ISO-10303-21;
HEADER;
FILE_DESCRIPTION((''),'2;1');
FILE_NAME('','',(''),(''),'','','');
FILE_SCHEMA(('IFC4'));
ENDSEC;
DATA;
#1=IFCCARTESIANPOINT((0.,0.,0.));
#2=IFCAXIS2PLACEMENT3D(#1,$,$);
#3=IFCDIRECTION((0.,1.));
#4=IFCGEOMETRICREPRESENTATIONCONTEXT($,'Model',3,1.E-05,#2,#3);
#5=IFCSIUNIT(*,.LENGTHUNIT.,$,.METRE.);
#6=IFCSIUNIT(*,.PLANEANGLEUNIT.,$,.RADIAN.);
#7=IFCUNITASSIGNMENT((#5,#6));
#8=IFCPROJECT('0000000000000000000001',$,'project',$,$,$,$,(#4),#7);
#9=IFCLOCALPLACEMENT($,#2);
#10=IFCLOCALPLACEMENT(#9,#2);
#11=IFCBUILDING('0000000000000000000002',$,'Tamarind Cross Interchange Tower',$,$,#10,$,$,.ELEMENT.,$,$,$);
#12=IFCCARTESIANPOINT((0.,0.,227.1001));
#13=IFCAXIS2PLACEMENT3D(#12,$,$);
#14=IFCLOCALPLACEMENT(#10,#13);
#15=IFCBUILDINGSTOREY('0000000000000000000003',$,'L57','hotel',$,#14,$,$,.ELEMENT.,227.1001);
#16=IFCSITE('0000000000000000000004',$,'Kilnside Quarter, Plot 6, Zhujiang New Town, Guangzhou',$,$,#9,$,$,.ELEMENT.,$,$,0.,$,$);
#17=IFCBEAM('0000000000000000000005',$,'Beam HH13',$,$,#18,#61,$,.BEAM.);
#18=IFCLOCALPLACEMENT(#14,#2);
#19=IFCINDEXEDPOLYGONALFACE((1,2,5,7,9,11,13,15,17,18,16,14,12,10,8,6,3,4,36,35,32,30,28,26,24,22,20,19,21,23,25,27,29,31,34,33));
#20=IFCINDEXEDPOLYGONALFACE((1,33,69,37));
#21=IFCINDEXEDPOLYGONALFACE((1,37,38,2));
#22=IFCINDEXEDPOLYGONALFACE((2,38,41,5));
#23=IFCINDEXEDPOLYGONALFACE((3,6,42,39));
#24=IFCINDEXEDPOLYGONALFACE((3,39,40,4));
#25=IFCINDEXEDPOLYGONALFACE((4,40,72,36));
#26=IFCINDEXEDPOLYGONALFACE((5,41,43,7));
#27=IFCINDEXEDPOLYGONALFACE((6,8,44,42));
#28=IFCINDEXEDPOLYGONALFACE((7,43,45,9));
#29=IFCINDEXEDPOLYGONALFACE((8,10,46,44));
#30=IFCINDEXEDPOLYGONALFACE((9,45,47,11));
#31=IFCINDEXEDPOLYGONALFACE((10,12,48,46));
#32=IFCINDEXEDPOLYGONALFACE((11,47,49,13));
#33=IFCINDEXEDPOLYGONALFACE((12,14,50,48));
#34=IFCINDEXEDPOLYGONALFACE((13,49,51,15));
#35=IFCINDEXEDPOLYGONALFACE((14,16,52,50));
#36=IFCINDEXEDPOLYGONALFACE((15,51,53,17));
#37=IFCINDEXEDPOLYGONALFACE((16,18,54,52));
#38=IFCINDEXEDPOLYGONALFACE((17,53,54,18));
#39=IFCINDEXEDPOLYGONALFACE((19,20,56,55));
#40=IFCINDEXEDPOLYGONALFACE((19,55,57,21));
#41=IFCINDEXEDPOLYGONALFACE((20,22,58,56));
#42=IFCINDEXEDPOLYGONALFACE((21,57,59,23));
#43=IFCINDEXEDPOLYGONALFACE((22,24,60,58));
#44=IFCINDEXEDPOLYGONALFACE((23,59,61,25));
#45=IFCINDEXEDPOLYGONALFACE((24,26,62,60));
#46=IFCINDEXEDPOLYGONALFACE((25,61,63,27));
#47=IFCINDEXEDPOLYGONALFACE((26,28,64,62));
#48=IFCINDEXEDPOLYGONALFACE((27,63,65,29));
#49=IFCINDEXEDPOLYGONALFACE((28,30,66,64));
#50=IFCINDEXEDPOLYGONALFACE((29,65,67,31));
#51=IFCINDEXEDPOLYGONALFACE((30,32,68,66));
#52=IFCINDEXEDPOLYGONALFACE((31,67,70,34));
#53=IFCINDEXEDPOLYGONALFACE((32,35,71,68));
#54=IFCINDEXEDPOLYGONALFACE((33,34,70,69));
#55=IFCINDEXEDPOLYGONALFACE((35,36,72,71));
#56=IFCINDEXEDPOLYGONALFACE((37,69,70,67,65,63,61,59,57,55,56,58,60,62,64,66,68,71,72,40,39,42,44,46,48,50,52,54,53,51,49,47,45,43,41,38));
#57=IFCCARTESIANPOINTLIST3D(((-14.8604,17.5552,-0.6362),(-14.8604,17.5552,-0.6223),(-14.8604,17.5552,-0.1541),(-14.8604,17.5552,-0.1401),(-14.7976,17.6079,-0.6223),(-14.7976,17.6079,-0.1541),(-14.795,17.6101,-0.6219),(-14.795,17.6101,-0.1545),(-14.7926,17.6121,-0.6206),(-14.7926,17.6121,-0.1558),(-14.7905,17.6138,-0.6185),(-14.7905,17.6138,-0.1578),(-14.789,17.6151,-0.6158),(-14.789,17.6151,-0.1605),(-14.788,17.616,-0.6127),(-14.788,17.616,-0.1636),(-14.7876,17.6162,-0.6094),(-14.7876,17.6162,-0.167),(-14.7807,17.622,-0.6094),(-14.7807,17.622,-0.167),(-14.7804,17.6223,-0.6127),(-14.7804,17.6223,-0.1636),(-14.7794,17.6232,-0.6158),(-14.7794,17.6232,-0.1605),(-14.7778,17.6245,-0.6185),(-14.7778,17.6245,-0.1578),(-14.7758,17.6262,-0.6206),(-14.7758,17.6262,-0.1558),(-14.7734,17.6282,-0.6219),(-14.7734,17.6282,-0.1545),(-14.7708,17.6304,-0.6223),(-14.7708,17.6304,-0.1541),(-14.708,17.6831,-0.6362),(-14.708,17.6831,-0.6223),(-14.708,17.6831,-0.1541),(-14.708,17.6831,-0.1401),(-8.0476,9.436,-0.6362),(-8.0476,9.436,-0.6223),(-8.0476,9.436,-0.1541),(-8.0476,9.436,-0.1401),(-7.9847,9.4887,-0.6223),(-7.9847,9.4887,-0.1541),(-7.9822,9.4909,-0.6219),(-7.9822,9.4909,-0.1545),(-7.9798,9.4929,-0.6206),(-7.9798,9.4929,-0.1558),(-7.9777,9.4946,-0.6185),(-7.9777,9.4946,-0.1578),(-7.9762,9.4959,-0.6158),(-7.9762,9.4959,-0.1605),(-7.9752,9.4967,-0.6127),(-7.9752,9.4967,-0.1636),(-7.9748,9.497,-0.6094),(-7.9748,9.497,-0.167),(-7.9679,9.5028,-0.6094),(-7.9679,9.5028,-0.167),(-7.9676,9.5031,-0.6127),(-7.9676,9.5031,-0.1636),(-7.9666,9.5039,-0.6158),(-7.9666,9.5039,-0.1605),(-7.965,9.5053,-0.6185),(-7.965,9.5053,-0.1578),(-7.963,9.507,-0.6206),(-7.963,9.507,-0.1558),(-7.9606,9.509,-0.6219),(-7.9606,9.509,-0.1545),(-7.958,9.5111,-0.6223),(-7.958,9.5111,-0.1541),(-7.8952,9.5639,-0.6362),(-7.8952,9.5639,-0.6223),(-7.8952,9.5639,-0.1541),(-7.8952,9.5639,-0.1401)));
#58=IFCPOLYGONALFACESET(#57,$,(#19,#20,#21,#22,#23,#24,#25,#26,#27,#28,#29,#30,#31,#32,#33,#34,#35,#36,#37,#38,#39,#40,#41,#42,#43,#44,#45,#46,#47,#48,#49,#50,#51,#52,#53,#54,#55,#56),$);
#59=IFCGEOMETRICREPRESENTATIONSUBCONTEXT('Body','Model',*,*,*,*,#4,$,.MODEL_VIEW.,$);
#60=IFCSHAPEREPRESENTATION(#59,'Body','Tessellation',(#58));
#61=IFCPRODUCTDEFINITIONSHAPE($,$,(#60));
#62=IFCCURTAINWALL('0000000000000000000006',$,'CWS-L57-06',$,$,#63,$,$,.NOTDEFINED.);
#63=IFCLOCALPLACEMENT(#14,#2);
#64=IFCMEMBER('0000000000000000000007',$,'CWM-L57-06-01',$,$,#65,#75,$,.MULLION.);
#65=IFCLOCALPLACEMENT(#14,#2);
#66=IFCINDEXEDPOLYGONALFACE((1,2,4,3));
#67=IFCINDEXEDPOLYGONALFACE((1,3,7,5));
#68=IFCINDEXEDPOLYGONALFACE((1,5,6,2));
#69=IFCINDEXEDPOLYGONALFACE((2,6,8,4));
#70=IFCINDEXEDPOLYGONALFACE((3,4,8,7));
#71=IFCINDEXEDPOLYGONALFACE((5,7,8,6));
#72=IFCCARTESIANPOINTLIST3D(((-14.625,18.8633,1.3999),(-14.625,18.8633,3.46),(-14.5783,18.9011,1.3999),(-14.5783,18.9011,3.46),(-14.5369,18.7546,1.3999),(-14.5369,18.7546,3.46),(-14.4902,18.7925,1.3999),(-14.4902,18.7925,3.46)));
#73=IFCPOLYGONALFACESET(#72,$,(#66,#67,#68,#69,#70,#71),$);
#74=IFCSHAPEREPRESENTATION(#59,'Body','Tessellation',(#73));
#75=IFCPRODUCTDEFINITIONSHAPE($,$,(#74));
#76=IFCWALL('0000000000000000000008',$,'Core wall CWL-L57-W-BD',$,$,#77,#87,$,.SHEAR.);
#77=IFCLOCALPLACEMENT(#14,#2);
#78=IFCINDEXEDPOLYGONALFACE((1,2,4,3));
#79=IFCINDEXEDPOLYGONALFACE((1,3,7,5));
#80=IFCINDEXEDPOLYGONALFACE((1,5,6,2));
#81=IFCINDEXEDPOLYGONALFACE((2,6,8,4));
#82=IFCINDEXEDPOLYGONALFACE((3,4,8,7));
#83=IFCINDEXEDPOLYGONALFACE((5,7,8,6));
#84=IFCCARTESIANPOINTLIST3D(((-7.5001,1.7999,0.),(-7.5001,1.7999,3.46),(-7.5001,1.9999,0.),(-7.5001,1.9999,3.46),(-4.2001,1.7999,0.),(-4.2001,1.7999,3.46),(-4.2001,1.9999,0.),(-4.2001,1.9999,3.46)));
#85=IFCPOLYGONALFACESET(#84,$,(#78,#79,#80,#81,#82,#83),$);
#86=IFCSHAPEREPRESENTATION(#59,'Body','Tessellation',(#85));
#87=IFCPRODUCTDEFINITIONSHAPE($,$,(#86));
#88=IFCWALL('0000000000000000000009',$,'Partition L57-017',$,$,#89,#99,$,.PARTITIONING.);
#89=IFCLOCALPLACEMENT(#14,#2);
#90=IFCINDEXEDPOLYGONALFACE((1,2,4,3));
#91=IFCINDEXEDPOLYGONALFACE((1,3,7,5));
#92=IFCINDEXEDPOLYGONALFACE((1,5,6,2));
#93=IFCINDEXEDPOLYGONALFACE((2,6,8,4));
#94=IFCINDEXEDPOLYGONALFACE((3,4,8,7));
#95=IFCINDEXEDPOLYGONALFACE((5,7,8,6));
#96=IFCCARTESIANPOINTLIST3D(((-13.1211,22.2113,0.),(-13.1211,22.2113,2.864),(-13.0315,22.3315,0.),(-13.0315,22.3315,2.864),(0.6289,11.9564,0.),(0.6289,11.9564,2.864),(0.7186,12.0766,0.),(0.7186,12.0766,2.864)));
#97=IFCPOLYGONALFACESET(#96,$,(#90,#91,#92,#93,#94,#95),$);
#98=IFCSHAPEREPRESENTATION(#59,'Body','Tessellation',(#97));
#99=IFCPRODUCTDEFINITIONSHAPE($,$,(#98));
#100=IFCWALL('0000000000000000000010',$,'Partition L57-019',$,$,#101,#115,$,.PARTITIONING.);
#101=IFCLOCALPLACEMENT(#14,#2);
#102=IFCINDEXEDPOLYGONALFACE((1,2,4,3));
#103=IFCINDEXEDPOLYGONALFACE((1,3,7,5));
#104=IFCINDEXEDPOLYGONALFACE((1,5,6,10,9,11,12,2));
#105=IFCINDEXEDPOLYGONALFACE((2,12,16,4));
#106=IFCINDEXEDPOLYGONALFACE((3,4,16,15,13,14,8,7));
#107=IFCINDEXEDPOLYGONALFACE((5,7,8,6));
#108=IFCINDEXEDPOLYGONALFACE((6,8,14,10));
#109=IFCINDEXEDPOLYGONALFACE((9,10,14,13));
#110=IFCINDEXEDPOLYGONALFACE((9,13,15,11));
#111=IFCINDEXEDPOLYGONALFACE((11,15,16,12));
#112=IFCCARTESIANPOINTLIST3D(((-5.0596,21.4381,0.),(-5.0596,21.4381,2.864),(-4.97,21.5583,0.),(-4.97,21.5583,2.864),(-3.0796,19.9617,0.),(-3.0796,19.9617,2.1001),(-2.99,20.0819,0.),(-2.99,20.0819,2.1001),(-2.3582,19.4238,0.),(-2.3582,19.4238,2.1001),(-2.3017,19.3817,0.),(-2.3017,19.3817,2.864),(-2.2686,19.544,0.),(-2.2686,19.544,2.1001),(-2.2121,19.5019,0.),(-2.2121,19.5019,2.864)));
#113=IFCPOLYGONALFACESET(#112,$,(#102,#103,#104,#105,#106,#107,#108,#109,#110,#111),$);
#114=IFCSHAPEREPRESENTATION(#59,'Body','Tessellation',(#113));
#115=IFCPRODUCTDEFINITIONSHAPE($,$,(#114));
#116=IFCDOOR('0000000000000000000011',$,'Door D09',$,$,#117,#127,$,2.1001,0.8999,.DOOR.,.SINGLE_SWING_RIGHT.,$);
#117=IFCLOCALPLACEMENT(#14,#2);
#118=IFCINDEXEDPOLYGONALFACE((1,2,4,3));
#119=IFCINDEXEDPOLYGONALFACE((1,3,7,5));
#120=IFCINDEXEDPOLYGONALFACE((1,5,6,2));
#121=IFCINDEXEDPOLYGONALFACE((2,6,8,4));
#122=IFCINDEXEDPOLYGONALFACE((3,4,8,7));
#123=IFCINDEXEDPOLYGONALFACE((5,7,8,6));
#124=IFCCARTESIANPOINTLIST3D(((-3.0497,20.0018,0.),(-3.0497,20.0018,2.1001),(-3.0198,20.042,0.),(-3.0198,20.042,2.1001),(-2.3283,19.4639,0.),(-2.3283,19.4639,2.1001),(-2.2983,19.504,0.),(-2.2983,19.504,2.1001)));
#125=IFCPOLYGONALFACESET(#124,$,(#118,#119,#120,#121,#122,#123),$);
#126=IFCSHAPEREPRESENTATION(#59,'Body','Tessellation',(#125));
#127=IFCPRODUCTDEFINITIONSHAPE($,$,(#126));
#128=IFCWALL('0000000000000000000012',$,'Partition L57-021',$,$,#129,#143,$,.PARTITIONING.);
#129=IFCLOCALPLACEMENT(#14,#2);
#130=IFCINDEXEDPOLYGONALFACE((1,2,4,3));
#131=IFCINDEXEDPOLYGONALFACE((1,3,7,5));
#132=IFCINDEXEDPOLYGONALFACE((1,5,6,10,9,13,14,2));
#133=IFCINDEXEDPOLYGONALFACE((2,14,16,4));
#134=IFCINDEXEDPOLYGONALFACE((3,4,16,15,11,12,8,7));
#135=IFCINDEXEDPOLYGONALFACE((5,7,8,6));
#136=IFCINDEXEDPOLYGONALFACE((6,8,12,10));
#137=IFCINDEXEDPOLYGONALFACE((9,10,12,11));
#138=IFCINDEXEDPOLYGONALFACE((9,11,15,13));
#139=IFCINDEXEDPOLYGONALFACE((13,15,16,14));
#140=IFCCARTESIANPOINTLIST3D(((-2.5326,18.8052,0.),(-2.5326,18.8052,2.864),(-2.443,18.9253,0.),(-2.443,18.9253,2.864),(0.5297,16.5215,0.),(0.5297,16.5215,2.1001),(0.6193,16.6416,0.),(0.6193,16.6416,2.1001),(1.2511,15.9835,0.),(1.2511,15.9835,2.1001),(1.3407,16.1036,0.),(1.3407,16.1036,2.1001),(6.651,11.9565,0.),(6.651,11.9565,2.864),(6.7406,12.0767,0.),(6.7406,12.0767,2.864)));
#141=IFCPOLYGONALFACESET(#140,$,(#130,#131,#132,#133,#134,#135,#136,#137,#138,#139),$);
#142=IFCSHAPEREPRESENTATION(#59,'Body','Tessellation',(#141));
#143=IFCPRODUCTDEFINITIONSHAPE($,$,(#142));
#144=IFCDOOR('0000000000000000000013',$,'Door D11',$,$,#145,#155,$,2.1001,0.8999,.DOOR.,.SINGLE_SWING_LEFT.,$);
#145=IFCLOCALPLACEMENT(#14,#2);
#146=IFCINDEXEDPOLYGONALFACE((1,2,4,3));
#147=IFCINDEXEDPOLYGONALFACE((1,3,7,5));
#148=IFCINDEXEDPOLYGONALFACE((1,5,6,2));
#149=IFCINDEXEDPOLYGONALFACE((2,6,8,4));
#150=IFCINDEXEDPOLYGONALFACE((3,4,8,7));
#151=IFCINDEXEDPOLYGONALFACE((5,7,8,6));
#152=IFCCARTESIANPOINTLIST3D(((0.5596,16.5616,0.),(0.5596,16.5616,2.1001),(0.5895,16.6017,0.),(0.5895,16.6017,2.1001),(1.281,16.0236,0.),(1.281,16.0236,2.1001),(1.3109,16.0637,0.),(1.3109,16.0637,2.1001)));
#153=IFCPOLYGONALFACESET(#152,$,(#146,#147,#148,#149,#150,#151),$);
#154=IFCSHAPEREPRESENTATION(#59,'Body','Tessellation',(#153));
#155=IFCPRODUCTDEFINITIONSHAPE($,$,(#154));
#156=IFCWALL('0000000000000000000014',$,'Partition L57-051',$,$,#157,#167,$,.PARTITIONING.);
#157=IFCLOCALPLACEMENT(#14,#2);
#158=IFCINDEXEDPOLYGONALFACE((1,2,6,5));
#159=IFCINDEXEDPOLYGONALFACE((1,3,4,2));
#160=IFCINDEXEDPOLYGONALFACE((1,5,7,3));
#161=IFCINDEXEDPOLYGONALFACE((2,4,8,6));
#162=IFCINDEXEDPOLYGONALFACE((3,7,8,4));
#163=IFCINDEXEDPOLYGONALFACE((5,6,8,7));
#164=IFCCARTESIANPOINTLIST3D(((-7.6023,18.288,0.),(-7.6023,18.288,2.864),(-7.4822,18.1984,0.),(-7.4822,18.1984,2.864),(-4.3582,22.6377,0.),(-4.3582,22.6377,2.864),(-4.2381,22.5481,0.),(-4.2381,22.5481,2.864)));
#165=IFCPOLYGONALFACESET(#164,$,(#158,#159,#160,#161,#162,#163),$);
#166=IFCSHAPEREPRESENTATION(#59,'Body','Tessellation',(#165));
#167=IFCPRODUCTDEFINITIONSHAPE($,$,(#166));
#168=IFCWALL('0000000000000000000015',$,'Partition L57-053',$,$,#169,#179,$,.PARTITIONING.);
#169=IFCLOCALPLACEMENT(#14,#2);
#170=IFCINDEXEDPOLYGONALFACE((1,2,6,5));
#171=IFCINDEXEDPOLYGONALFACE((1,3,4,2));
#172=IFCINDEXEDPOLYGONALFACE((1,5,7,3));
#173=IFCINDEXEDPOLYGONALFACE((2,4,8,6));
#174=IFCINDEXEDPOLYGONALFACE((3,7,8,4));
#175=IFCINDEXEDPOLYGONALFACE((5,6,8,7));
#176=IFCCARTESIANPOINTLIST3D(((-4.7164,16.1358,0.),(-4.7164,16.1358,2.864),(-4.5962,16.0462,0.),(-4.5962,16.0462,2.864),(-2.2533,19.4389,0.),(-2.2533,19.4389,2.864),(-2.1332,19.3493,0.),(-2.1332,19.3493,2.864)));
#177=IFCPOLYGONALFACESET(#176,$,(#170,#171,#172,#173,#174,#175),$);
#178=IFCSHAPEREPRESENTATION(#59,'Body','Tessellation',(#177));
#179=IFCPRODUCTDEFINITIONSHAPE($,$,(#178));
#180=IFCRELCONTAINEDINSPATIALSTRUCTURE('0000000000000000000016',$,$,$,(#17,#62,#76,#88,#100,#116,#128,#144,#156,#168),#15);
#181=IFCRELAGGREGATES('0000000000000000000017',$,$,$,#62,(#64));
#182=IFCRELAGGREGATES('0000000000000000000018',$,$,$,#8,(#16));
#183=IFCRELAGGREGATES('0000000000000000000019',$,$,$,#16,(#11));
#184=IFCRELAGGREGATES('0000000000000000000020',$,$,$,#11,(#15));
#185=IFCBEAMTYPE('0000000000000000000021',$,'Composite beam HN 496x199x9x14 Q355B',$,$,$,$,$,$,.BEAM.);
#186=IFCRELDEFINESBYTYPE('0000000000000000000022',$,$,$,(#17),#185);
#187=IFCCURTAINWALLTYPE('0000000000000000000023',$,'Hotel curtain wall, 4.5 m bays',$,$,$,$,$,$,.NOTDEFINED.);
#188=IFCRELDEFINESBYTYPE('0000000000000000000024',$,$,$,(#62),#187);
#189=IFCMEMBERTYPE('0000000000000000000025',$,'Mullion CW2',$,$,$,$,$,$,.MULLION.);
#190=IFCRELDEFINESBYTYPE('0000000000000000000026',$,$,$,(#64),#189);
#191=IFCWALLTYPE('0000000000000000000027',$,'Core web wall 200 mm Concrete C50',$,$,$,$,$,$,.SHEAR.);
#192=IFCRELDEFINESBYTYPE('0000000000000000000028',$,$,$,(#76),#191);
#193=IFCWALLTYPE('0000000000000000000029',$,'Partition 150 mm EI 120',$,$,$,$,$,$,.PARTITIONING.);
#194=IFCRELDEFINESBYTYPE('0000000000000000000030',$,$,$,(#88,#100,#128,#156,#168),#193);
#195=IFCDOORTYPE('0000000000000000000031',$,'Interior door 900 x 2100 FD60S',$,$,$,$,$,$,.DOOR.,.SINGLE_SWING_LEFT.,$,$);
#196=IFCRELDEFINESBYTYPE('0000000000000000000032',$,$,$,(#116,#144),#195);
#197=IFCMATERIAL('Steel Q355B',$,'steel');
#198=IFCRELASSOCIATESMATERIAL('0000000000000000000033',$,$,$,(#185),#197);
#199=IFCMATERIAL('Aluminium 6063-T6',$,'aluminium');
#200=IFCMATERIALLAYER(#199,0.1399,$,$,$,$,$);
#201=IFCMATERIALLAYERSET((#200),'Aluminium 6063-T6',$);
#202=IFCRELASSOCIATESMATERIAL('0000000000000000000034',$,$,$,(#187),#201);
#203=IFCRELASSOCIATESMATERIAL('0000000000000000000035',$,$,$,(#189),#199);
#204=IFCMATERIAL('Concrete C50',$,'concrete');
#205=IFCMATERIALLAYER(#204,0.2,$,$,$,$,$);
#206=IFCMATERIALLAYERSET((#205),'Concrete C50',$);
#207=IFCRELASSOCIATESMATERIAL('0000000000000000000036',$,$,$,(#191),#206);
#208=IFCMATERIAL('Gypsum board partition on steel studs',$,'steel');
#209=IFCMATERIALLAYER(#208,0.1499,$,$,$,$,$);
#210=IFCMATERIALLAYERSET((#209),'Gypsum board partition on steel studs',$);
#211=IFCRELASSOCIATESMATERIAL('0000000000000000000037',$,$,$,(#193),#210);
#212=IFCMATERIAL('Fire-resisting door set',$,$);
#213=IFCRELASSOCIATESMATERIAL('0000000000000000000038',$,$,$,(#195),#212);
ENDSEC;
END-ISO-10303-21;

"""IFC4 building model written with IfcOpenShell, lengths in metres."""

from ifc_helpers import new_model, si_unit, direction, frame, frame_2d, origin, origin_2d, place, context, subcontext, project, spatial, rectangle, i_section, extrude, material, layer, layer_set, material_profile, profile_set, type_object, element, fill, aggregate, save


model = new_model("IFC4")

# Units and contexts
model_context = context("Model", 3, precision=1e-05, world=origin(), true_north=direction((0.0, 1.0)))
body_context = subcontext(model_context, "Body", "Model", "MODEL_VIEW")
ifc_project = project(units=[si_unit("LENGTHUNIT", "METRE"), si_unit("PLANEANGLEUNIT", "RADIAN")], contexts=[model_context])

# Site, building, storey
site_placement = place(None, origin())
site = spatial("IfcSite", under=ifc_project, at=site_placement, Name="Kilnside Quarter, Plot 6, Zhujiang New Town, Guangzhou", CompositionType="ELEMENT", RefElevation=0.0)
building_placement = place(site_placement, origin())
building = spatial("IfcBuilding", under=site, at=building_placement, Name="Tamarind Cross Interchange Tower", CompositionType="ELEMENT")
storey_placement = place(building_placement, frame((0.0, 0.0, 227.1001)))
storey = spatial("IfcBuildingStorey", under=building, at=storey_placement, Name="L57", Description="hotel", CompositionType="ELEMENT", Elevation=227.1001)

# Shared definitions
ifc_material_1 = material(Name="Concrete C50", Category="concrete")

# Beam
ifc_material_2 = material(Name="Steel Q355B", Category="steel")
ifc_material_profile_1 = material_profile(ifc_material_2, i_section(OverallWidth=0.199, OverallDepth=0.4961, WebThickness=0.009, FlangeThickness=0.0139, FilletRadius=0.0129, at=origin_2d()), Name="HN 496x199x9x14")
ifc_profile_set_1 = profile_set([ifc_material_profile_1], Name="Steel Q355B")
beam_type_1 = type_object("IfcBeamType", Name="Composite beam HN 496x199x9x14 Q355B", PredefinedType="BEAM", material=ifc_profile_set_1)
beam_1_placement = place(storey_placement, frame((-14.7842, 17.6191, -0.3882), z_axis=(0.642786, -0.766046, 0.0), x_axis=(0.766046, 0.642786, 0.0)))
element("IfcBeam", 1, at=beam_1_placement, inside=storey, type_object=beam_type_1, Name="Beam HH13", PredefinedType="BEAM", context=body_context, shape_type="SweptSolid", body=[
    extrude(i_section(OverallWidth=0.199, OverallDepth=0.4961, WebThickness=0.009, FlangeThickness=0.0139, FilletRadius=0.0129, at=origin_2d()), origin(), (0.0, 0.0, 1.0), 10.5989),
])

# Curtain wall, member
ifc_material_3 = material(Name="Aluminium 6063-T6", Category="aluminium")
ifc_layer_1 = layer(ifc_material_3, 0.1399)
ifc_layer_set_1 = layer_set([ifc_layer_1], Name="Aluminium 6063-T6")
curtain_wall_type = type_object("IfcCurtainWallType", Name="Hotel curtain wall, 4.5 m bays", PredefinedType="NOTDEFINED", material=ifc_layer_set_1)
curtain_wall_placement = place(storey_placement, origin())
curtain_wall = element("IfcCurtainWall", 2, at=curtain_wall_placement, inside=storey, type_object=curtain_wall_type, Name="CWS-L57-06", PredefinedType="NOTDEFINED")
ifc_material_profile_2 = material_profile(ifc_material_3, rectangle(XDim=0.0601, YDim=0.1399, at=origin_2d()), Name="Mullion CW2")
ifc_profile_set_2 = profile_set([ifc_material_profile_2], Name="Aluminium 6063-T6")
member_type = type_object("IfcMemberType", Name="Mullion CW2", PredefinedType="MULLION", material=ifc_profile_set_2)
member_placement = place(storey_placement, frame((-14.5576, 18.8279, 1.3999), z_axis=(0.0, 0.0, 1.0), x_axis=(-0.77676, -0.629797, 0.0)))
member = element("IfcMember", 3, at=member_placement, type_object=member_type, Name="CWM-L57-06-01", PredefinedType="MULLION", context=body_context, shape_type="SweptSolid", body=[
    extrude(rectangle(XDim=0.0601, YDim=0.1399, at=origin_2d()), origin(), (0.0, 0.0, 1.0), 2.0601),
])
aggregate(curtain_wall, [member])

# Walls
ifc_layer_2 = layer(ifc_material_1, 0.2)
ifc_layer_set_2 = layer_set([ifc_layer_2], Name="Concrete C50")
wall_type_1 = type_object("IfcWallType", Name="Core web wall 200 mm Concrete C50", PredefinedType="SHEAR", material=ifc_layer_set_2)
wall_1_placement = place(storey_placement, frame((-7.5, 1.8999, 0.0), z_axis=(0.0, 0.0, 1.0), x_axis=(1.0, 0.0, 0.0)))
element("IfcWall", 4, at=wall_1_placement, inside=storey, type_object=wall_type_1, Name="Core wall CWL-L57-W-BD", PredefinedType="SHEAR", context=body_context, shape_type="SweptSolid", body=[
    extrude(rectangle(XDim=3.3, YDim=0.2, at=frame_2d((1.6499, 0.0))), origin(), (0.0, 0.0, 1.0), 3.46),
])
ifc_material_4 = material(Name="Gypsum board partition on steel studs", Category="steel")
ifc_layer_3 = layer(ifc_material_4, 0.1499)
ifc_layer_set_3 = layer_set([ifc_layer_3], Name="Gypsum board partition on steel studs")
wall_type_2 = type_object("IfcWallType", Name="Partition 150 mm EI 120", PredefinedType="PARTITIONING", material=ifc_layer_set_3)
wall_2_placement = place(storey_placement, frame((-13.0764, 22.2715, 0.0), z_axis=(0.0, 0.0, 1.0), x_axis=(0.801609, -0.597848, 0.0)))
element("IfcWall", 5, at=wall_2_placement, inside=storey, type_object=wall_type_2, Name="Partition L57-017", PredefinedType="PARTITIONING", context=body_context, shape_type="SweptSolid", body=[
    extrude(rectangle(XDim=17.1531, YDim=0.1499, at=frame_2d((8.5767, 0.0))), origin(), (0.0, 0.0, 1.0), 2.864),
])

# Walls, openings, doors
wall_3_placement = place(storey_placement, frame((-5.0149, 21.4983, 0.0), z_axis=(0.0, 0.0, 1.0), x_axis=(0.801666, -0.597772, 0.0)))
wall_3 = element("IfcWall", 6, at=wall_3_placement, inside=storey, type_object=wall_type_2, Name="Partition L57-019", PredefinedType="PARTITIONING", context=body_context, shape_type="SweptSolid", body=[
    extrude(rectangle(XDim=3.4402, YDim=0.1499, at=frame_2d((1.7202, 0.0))), origin(), (0.0, 0.0, 1.0), 2.864),
])
opening_1_placement = place(wall_3_placement, frame((2.47, 0.0, 0.0)))
opening_1 = element("IfcOpeningElement", 7, at=opening_1_placement, cuts=wall_3, PredefinedType="OPENING", context=body_context, shape_type="SweptSolid", body=[
    extrude(rectangle(XDim=0.8999, YDim=2.1001, at=frame_2d((0.45, 1.05))), frame((0.0, 0.085, 0.0), z_axis=(0.0, -1.0, 0.0), x_axis=(1.0, 0.0, 0.0)), (0.0, 0.0, 1.0), 0.1699),
])
ifc_material_5 = material(Name="Fire-resisting door set")
door_type = type_object("IfcDoorType", Name="Interior door 900 x 2100 FD60S", OperationType="SINGLE_SWING_LEFT", PredefinedType="DOOR", material=ifc_material_5)
door_1_placement = place(opening_1_placement, frame((0.8999, 0.0, 0.0), z_axis=(0.0, 0.0, 1.0), x_axis=(-1.0, 0.0, 0.0)))
door_1 = element("IfcDoor", 8, at=door_1_placement, inside=storey, type_object=door_type, Name="Door D09", OperationType="SINGLE_SWING_RIGHT", OverallHeight=2.1001, OverallWidth=0.8999, PredefinedType="DOOR", context=body_context, shape_type="SweptSolid", body=[
    extrude(rectangle(XDim=0.8999, YDim=2.1001, at=frame_2d((0.45, 1.05))), frame((0.0, 0.0249, 0.0), z_axis=(0.0, -1.0, 0.0), x_axis=(1.0, 0.0, 0.0)), (0.0, 0.0, 1.0), 0.05),
])
fill(opening_1, door_1)
wall_4_placement = place(storey_placement, frame((-2.4878, 18.8652, 0.0), z_axis=(0.0, 0.0, 1.0), x_axis=(0.801634, -0.597816, 0.0)))
wall_4 = element("IfcWall", 9, at=wall_4_placement, inside=storey, type_object=wall_type_2, Name="Partition L57-021", PredefinedType="PARTITIONING", context=body_context, shape_type="SweptSolid", body=[
    extrude(rectangle(XDim=11.4561, YDim=0.1499, at=frame_2d((5.728, 0.0))), origin(), (0.0, 0.0, 1.0), 2.864),
])
opening_2_placement = place(wall_4_placement, frame((3.8201, 0.0, 0.0)))
opening_2 = element("IfcOpeningElement", 10, at=opening_2_placement, cuts=wall_4, PredefinedType="OPENING", context=body_context, shape_type="SweptSolid", body=[
    extrude(rectangle(XDim=0.8999, YDim=2.1001, at=frame_2d((0.45, 1.05))), frame((0.0, 0.085, 0.0), z_axis=(0.0, -1.0, 0.0), x_axis=(1.0, 0.0, 0.0)), (0.0, 0.0, 1.0), 0.1699),
])
door_2_placement = place(opening_2_placement, frame((0.8999, 0.0, 0.0), z_axis=(0.0, 0.0, 1.0), x_axis=(-1.0, 0.0, 0.0)))
door_2 = element("IfcDoor", 11, at=door_2_placement, inside=storey, type_object=door_type, Name="Door D11", OperationType="SINGLE_SWING_LEFT", OverallHeight=2.1001, OverallWidth=0.8999, PredefinedType="DOOR", context=body_context, shape_type="SweptSolid", body=[
    extrude(rectangle(XDim=0.8999, YDim=2.1001, at=frame_2d((0.45, 1.05))), frame((0.0, 0.0249, 0.0), z_axis=(0.0, -1.0, 0.0), x_axis=(1.0, 0.0, 0.0)), (0.0, 0.0, 1.0), 0.05),
])
fill(opening_2, door_2)

# Walls
wall_5_placement = place(storey_placement, frame((-7.5422, 18.2432, 0.0), z_axis=(0.0, 0.0, 1.0), x_axis=(0.597845, 0.801611, 0.0)))
element("IfcWall", 12, at=wall_5_placement, inside=storey, type_object=wall_type_2, Name="Partition L57-051", PredefinedType="PARTITIONING", context=body_context, shape_type="SweptSolid", body=[
    extrude(rectangle(XDim=5.4263, YDim=0.1499, at=frame_2d((2.7131, 0.0))), origin(), (0.0, 0.0, 1.0), 2.864),
])
wall_6_placement = place(storey_placement, frame((-4.6562, 16.0911, 0.0), z_axis=(0.0, 0.0, 1.0), x_axis=(0.597779, 0.801661, 0.0)))
element("IfcWall", 13, at=wall_6_placement, inside=storey, type_object=wall_type_2, Name="Partition L57-053", PredefinedType="PARTITIONING", context=body_context, shape_type="SweptSolid", body=[
    extrude(rectangle(XDim=4.1204, YDim=0.1499, at=frame_2d((2.0601, 0.0))), origin(), (0.0, 0.0, 1.0), 2.864),
])

save(model, "model.ifc")
